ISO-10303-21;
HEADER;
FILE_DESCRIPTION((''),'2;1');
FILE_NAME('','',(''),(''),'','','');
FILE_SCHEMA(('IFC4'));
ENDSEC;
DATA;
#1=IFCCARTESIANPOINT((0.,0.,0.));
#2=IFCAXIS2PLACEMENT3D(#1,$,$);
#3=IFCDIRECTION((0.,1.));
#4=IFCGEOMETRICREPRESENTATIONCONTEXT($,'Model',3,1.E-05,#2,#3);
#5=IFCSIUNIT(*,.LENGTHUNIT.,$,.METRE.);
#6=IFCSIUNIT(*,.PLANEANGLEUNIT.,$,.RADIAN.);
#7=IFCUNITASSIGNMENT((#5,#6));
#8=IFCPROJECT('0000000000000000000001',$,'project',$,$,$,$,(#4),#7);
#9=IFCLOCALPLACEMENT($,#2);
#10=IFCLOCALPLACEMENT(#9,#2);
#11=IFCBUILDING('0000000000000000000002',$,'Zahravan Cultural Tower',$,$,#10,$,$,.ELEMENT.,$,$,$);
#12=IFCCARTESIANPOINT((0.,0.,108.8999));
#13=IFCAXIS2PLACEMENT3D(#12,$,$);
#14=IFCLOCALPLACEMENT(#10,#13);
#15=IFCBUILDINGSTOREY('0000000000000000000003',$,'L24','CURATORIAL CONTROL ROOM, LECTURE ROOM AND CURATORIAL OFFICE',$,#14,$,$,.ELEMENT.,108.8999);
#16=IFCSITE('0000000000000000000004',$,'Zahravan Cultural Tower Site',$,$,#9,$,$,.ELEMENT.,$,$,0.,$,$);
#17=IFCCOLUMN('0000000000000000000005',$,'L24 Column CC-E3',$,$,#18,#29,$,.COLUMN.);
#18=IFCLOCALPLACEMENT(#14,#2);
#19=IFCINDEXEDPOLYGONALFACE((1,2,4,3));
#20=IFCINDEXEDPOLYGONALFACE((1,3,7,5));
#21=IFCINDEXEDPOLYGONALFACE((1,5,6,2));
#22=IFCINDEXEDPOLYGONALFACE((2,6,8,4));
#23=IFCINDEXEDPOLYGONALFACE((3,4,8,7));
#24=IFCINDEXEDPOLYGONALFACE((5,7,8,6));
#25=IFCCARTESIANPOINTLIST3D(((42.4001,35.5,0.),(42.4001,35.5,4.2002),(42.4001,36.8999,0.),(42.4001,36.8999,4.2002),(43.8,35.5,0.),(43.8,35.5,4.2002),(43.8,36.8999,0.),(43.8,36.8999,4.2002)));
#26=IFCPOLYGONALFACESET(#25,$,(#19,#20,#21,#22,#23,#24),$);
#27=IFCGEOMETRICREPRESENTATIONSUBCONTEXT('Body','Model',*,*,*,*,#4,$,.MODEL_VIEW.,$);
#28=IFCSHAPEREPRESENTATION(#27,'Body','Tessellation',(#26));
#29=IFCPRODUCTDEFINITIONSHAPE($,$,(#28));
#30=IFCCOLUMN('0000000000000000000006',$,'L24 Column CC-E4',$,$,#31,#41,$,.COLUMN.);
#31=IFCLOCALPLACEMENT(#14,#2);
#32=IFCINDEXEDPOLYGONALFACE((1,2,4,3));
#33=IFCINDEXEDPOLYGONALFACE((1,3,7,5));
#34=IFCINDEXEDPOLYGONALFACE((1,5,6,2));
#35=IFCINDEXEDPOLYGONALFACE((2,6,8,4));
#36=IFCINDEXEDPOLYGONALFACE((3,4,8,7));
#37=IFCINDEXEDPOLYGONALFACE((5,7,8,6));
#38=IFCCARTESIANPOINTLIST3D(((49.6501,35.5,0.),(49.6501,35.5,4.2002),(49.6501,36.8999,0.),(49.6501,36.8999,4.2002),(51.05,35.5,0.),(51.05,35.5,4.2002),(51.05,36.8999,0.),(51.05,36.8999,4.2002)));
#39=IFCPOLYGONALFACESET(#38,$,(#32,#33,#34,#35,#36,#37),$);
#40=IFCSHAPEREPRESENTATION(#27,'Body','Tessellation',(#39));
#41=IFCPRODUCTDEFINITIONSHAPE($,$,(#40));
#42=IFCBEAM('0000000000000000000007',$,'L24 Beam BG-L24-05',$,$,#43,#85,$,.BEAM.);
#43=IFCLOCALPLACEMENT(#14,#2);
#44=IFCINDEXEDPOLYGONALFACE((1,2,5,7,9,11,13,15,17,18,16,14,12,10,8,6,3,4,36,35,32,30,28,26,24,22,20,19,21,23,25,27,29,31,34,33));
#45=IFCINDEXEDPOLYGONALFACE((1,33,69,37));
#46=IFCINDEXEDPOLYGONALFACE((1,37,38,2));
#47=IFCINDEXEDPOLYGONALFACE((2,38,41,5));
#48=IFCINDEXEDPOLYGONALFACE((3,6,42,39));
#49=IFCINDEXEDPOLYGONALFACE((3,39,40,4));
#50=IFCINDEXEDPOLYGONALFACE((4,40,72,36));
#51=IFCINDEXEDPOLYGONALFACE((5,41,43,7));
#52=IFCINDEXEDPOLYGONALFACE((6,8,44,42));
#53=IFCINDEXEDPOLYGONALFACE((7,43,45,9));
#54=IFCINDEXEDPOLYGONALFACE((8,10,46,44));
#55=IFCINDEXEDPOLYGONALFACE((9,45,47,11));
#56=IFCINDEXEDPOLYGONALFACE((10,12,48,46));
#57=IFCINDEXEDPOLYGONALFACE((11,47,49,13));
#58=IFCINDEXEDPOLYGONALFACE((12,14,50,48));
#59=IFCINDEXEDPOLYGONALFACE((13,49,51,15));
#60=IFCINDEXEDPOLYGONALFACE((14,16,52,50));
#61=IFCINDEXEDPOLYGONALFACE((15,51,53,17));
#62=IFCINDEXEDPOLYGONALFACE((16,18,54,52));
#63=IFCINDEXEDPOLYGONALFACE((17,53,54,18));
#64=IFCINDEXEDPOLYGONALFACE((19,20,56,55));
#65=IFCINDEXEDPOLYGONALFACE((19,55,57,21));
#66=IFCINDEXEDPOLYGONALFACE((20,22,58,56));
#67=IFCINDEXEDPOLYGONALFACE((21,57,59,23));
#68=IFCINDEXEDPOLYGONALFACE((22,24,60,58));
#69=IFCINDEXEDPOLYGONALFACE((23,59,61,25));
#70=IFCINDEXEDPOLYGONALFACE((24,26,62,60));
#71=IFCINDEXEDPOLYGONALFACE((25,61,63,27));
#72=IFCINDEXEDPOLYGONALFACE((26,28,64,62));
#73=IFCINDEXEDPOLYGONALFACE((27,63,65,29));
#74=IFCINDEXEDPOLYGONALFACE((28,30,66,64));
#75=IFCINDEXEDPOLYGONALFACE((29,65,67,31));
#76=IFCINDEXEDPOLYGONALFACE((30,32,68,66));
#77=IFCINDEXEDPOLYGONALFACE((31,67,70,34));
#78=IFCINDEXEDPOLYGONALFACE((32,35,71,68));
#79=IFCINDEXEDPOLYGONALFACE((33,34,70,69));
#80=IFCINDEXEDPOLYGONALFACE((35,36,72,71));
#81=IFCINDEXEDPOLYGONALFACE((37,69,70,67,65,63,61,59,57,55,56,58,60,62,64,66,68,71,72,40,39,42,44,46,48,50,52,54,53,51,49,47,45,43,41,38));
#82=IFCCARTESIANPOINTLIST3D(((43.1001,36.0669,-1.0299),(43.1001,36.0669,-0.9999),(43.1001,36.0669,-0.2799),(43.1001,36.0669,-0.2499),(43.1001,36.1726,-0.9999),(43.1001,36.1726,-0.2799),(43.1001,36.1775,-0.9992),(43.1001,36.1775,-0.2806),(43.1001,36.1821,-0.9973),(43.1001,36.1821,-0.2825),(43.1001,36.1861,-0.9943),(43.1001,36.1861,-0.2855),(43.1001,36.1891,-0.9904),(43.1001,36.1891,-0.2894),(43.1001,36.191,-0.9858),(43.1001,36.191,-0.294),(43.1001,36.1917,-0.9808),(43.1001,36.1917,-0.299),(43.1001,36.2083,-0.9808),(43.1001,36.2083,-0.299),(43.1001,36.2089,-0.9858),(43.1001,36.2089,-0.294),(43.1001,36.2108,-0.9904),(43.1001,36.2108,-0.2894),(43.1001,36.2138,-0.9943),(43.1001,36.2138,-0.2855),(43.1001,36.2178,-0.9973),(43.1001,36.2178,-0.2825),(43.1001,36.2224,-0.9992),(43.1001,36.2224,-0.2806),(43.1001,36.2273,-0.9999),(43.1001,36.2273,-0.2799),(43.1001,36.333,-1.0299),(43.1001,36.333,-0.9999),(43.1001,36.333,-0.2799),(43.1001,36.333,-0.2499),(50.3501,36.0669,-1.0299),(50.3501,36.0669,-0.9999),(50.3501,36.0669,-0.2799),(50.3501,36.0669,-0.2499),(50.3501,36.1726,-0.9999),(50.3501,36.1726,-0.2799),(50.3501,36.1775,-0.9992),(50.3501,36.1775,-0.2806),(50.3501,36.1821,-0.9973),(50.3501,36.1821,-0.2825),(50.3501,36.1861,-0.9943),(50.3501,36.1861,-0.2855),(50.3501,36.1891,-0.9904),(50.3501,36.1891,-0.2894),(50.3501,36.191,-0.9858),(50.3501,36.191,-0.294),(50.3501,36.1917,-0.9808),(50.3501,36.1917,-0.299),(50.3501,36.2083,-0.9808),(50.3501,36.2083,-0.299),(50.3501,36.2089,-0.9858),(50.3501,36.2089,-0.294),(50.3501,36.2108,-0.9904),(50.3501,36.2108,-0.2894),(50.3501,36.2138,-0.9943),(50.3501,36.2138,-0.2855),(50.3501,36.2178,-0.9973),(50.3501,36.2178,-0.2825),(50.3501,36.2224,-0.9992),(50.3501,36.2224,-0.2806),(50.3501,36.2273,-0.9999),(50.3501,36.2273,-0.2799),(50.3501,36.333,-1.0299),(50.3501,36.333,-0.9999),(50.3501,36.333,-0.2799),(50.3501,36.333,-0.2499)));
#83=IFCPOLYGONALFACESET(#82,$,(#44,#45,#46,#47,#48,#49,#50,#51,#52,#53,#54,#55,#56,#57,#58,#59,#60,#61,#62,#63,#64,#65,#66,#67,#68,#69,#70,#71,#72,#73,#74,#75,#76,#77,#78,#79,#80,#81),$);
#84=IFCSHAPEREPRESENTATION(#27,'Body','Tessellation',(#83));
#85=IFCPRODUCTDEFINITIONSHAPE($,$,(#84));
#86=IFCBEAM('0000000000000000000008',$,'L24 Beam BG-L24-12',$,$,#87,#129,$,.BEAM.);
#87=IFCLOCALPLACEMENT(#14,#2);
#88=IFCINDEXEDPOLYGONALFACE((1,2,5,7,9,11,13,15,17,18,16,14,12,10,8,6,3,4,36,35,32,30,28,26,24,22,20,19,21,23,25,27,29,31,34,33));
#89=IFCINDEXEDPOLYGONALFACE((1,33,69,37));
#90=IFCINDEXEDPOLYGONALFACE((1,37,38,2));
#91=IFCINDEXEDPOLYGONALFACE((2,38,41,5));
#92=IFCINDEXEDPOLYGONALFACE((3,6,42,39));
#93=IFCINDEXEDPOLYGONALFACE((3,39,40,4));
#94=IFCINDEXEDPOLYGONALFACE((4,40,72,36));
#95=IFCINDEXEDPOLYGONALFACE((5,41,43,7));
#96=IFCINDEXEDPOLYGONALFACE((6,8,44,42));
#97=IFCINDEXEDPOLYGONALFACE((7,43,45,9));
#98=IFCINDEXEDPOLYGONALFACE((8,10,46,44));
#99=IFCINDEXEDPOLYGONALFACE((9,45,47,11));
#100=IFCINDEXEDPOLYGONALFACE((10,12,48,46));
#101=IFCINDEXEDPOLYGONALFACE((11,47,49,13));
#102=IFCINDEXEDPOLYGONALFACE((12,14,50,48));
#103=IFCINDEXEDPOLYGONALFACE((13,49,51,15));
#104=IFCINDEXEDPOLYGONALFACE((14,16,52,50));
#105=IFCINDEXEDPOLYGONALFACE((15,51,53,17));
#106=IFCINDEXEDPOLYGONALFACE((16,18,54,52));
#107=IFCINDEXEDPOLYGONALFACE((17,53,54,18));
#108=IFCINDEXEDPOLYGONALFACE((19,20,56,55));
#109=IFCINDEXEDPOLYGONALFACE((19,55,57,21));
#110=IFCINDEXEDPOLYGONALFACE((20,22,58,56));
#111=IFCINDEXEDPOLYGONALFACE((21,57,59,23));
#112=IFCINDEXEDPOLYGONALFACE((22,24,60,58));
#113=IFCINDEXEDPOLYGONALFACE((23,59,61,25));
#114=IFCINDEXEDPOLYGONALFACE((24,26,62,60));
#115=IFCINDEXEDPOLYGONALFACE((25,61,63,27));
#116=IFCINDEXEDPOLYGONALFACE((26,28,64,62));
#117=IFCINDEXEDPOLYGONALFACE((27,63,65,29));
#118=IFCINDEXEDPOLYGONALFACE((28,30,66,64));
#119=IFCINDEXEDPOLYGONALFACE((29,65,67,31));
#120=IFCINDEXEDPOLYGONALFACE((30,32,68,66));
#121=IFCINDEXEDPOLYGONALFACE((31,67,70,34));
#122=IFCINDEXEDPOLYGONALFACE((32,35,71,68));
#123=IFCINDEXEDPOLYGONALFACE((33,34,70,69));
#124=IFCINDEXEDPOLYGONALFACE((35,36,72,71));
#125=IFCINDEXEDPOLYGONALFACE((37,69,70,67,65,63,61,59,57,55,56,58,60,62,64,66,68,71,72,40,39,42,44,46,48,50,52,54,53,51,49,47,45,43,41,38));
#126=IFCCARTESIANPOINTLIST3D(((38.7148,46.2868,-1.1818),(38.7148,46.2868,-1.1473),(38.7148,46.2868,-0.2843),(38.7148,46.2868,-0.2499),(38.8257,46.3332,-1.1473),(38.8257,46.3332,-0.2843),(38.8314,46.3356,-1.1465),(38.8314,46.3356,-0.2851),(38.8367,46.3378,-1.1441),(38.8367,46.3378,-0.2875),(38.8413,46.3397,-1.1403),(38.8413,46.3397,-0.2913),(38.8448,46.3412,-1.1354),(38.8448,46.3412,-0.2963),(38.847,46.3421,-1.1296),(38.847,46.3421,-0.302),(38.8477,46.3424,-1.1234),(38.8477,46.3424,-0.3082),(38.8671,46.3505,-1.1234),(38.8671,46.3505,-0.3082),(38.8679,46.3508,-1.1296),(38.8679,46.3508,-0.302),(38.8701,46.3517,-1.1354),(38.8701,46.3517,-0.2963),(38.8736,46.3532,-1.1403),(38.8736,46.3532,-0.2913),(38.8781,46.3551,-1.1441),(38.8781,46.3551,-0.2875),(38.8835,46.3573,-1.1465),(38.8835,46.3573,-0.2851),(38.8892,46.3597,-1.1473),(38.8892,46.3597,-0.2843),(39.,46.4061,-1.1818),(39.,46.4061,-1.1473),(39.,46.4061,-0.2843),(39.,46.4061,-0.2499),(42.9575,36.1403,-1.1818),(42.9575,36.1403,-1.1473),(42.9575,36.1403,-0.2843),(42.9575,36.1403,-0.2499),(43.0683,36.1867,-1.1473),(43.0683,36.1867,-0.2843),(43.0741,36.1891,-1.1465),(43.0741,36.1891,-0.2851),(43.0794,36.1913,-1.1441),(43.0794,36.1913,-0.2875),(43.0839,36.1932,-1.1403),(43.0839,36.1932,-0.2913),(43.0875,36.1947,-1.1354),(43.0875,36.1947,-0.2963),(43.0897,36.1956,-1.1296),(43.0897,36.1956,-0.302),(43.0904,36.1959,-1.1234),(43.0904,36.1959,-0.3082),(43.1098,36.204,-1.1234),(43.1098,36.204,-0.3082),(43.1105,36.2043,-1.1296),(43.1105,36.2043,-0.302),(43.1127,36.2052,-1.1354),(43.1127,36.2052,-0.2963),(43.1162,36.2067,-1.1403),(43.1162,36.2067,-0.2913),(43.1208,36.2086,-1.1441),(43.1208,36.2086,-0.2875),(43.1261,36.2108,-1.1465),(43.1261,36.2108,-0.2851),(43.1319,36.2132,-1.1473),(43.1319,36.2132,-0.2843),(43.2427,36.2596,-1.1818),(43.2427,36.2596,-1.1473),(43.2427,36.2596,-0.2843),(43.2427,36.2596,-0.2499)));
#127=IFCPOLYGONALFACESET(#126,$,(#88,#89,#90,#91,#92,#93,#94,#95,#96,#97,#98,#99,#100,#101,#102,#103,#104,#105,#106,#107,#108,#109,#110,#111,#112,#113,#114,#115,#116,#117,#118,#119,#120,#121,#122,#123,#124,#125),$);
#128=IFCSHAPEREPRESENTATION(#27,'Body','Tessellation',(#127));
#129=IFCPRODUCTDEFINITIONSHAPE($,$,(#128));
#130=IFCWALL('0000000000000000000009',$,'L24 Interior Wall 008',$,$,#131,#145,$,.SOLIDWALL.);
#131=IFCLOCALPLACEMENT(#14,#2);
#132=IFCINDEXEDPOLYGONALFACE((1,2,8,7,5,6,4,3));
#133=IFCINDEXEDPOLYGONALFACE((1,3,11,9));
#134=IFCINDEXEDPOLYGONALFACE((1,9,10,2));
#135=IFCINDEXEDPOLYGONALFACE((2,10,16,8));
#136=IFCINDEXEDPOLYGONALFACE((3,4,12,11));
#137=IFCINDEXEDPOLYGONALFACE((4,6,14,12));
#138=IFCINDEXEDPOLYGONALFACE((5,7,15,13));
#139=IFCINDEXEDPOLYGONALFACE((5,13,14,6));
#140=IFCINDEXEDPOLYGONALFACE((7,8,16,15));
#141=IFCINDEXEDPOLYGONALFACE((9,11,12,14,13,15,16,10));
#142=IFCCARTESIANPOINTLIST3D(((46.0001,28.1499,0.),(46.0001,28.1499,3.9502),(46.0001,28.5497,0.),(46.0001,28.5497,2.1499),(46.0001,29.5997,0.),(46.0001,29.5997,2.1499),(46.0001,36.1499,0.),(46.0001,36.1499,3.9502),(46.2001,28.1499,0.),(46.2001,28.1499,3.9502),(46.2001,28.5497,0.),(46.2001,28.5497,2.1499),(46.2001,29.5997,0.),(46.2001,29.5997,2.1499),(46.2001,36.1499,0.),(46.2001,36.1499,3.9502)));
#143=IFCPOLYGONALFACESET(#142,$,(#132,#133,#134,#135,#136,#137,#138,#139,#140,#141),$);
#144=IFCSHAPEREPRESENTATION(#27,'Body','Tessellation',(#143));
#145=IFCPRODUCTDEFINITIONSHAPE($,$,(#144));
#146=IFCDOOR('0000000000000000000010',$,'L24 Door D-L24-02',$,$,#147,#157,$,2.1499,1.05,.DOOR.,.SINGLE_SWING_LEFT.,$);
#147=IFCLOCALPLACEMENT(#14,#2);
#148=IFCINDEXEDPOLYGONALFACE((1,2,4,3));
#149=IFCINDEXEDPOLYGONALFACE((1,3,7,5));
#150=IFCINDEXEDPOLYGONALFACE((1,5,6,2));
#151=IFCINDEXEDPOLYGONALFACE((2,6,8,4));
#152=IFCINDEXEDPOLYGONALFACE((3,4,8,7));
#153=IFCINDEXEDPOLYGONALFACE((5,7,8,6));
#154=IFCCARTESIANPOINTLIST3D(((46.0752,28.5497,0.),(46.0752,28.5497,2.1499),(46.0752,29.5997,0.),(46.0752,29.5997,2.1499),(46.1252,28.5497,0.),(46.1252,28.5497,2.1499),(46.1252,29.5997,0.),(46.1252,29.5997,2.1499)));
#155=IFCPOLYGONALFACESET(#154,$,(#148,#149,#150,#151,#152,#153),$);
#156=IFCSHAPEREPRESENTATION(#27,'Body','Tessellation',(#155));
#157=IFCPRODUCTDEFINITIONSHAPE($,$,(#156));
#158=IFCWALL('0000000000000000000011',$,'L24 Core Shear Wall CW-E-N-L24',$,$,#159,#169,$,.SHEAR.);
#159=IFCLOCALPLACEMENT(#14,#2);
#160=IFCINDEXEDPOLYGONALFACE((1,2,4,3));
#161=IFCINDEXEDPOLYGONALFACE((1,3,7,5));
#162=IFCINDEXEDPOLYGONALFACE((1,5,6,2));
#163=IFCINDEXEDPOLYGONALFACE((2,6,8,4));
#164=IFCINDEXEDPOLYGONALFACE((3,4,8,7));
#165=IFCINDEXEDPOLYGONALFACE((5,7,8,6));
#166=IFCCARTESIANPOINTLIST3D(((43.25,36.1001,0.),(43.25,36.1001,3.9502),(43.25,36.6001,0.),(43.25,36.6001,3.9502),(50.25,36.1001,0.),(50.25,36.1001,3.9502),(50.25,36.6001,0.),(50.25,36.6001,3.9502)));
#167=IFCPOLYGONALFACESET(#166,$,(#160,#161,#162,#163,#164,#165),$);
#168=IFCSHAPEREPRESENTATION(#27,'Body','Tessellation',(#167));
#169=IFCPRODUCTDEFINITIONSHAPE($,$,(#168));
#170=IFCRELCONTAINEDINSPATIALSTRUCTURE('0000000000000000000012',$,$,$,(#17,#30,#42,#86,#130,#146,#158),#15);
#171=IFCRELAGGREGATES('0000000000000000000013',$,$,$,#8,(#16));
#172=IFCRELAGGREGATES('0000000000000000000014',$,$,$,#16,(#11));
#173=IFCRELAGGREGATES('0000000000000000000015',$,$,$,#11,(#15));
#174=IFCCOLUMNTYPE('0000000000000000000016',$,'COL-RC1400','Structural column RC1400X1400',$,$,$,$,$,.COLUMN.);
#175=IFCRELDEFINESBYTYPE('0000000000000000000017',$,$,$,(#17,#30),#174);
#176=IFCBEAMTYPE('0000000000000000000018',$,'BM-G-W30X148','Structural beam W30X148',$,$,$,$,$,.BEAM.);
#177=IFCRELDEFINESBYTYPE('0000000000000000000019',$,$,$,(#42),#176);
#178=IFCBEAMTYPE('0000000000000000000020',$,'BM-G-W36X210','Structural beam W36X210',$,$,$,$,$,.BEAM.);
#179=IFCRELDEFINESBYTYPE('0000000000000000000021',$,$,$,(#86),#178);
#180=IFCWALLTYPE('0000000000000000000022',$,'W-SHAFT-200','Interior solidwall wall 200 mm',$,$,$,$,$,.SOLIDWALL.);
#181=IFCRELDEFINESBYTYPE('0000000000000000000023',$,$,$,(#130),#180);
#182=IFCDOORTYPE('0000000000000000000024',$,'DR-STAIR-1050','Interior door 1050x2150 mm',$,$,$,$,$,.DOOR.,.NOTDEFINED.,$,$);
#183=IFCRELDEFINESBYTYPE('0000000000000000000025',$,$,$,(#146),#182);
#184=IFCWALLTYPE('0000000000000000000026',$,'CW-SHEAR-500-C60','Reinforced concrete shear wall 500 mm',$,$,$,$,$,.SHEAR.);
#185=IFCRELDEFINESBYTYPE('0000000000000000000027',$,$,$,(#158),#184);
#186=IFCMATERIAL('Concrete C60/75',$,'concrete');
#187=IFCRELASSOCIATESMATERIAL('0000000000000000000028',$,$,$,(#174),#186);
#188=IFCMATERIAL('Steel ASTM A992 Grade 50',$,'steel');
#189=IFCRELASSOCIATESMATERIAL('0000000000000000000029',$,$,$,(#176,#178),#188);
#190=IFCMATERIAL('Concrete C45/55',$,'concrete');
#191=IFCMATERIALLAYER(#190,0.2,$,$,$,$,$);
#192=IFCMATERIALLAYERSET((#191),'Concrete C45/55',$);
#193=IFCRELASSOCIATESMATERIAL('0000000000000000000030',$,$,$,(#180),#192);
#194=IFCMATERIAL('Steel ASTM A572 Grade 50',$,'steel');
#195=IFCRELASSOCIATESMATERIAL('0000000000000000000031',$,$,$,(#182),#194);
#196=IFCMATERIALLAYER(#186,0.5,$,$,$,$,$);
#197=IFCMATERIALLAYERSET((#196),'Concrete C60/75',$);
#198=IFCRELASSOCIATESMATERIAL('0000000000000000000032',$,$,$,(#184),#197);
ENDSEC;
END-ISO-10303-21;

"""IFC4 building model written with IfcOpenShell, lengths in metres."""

from ifc_helpers import new_model, si_unit, direction, frame, frame_2d, origin, origin_2d, place, context, subcontext, project, spatial, rectangle, i_section, extrude, source, transform, mapped, material, layer, layer_set, material_profile, profile_set, type_object, element, fill, save


model = new_model("IFC4")

# Units and contexts
model_context = context("Model", 3, precision=1e-05, world=origin(), true_north=direction((0.0, 1.0)))
body_context = subcontext(model_context, "Body", "Model", "MODEL_VIEW")
ifc_project = project(units=[si_unit("LENGTHUNIT", "METRE"), si_unit("PLANEANGLEUNIT", "RADIAN")], contexts=[model_context])

# Site, building, storey
site_placement = place(None, origin())
site = spatial("IfcSite", under=ifc_project, at=site_placement, Name="Zahravan Cultural Tower Site", CompositionType="ELEMENT", RefElevation=0.0)
building_placement = place(site_placement, origin())
building = spatial("IfcBuilding", under=site, at=building_placement, Name="Zahravan Cultural Tower", CompositionType="ELEMENT")
storey_placement = place(building_placement, frame((0.0, 0.0, 108.8999)))
storey = spatial("IfcBuildingStorey", under=building, at=storey_placement, Name="L24", Description="CURATORIAL CONTROL ROOM, LECTURE ROOM AND CURATORIAL OFFICE", CompositionType="ELEMENT", Elevation=108.8999)

# Columns
ifc_material_1 = material(Name="Concrete C60/75", Category="concrete")
ifc_material_profile_1 = material_profile(ifc_material_1, rectangle(XDim=1.3999, YDim=1.3999, at=origin_2d()), Name="RC1400X1400")
ifc_profile_set_1 = profile_set([ifc_material_profile_1], Name="Concrete C60/75")
column_type = type_object("IfcColumnType", Name="COL-RC1400", Description="Structural column RC1400X1400", PredefinedType="COLUMN", material=ifc_profile_set_1)
shared_shape_1 = source(origin(), body_context, "Body", "SweptSolid", [
    extrude(rectangle(XDim=1.3999, YDim=1.3999, at=origin_2d()), origin(), (0.0, 0.0, 1.0), 4.2002),
])
for number, where, z_axis, x_axis, name in (
    (1, (43.1001, 36.2, 0.0), (0.0, 0.0, 1.0), (1.0, 0.0, 0.0), "L24 Column CC-E3"),
    (2, (50.3501, 36.2, 0.0), (0.0, 0.0, 1.0), (1.0, 0.0, 0.0), "L24 Column CC-E4"),
):
    element("IfcColumn", number, at=place(storey_placement, frame(where, z_axis=z_axis, x_axis=x_axis)), inside=storey, type_object=column_type, Name=name, PredefinedType="COLUMN", context=body_context, shape_type="MappedRepresentation", body=[
        mapped(shared_shape_1, transform((0.0, 0.0, 0.0), x_axis=(1.0, 0.0, 0.0), y_axis=(0.0, 1.0, 0.0), z_axis=(0.0, 0.0, 1.0), scale=1.0)),
    ])

# Beams
ifc_material_2 = material(Name="Steel ASTM A992 Grade 50", Category="steel")
ifc_material_profile_2 = material_profile(ifc_material_2, i_section(OverallWidth=0.2661, OverallDepth=0.78, WebThickness=0.0166, FlangeThickness=0.03, FilletRadius=0.019, at=origin_2d()), Name="W30X148")
ifc_profile_set_2 = profile_set([ifc_material_profile_2], Name="Steel ASTM A992 Grade 50")
beam_type_1 = type_object("IfcBeamType", Name="BM-G-W30X148", Description="Structural beam W30X148", PredefinedType="BEAM", material=ifc_profile_set_2)
shared_shape_2 = source(origin(), body_context, "Body", "SweptSolid", [
    extrude(i_section(OverallWidth=0.2661, OverallDepth=0.78, WebThickness=0.0166, FlangeThickness=0.03, FilletRadius=0.019, at=origin_2d()), origin(), (0.0, 0.0, 1.0), 7.25),
])
beam_1_placement = place(storey_placement, frame((43.1001, 36.2, -0.6399), z_axis=(1.0, 0.0, 0.0), x_axis=(0.0, 1.0, 0.0)))
element("IfcBeam", 3, at=beam_1_placement, inside=storey, type_object=beam_type_1, Name="L24 Beam BG-L24-05", PredefinedType="BEAM", context=body_context, shape_type="MappedRepresentation", body=[
    mapped(shared_shape_2, transform((0.0, 0.0, 0.0), x_axis=(1.0, 0.0, 0.0), y_axis=(0.0, 1.0, 0.0), z_axis=(0.0, 0.0, 1.0), scale=1.0)),
])
ifc_material_profile_3 = material_profile(ifc_material_2, i_section(OverallWidth=0.3091, OverallDepth=0.9319, WebThickness=0.021, FlangeThickness=0.0344, FilletRadius=0.0239, at=origin_2d()), Name="W36X210")
ifc_profile_set_3 = profile_set([ifc_material_profile_3], Name="Steel ASTM A992 Grade 50")
beam_type_2 = type_object("IfcBeamType", Name="BM-G-W36X210", Description="Structural beam W36X210", PredefinedType="BEAM", material=ifc_profile_set_3)
shared_shape_3 = source(origin(), body_context, "Body", "SweptSolid", [
    extrude(i_section(OverallWidth=0.3091, OverallDepth=0.9319, WebThickness=0.021, FlangeThickness=0.0344, FilletRadius=0.0239, at=origin_2d()), origin(), (0.0, 0.0, 1.0), 10.9978),
])
beam_2_placement = place(storey_placement, frame((43.1001, 36.2, -0.7158), z_axis=(-0.385775, 0.922593, 0.0), x_axis=(-0.922593, -0.385775, 0.0)))
element("IfcBeam", 4, at=beam_2_placement, inside=storey, type_object=beam_type_2, Name="L24 Beam BG-L24-12", PredefinedType="BEAM", context=body_context, shape_type="MappedRepresentation", body=[
    mapped(shared_shape_3, transform((0.0, 0.0, 0.0), x_axis=(1.0, 0.0, 0.0), y_axis=(0.0, 1.0, 0.0), z_axis=(0.0, 0.0, 1.0), scale=1.0)),
])

# Wall, opening, door
ifc_material_3 = material(Name="Concrete C45/55", Category="concrete")
ifc_layer_1 = layer(ifc_material_3, 0.2)
ifc_layer_set_1 = layer_set([ifc_layer_1], Name="Concrete C45/55")
wall_type_1 = type_object("IfcWallType", Name="W-SHAFT-200", Description="Interior solidwall wall 200 mm", PredefinedType="SOLIDWALL", material=ifc_layer_set_1)
wall_1_placement = place(storey_placement, frame((46.1001, 28.1499, 0.0), z_axis=(0.0, 0.0, 1.0), x_axis=(0.0, 1.0, 0.0)))
wall_1 = element("IfcWall", 5, at=wall_1_placement, inside=storey, type_object=wall_type_1, Name="L24 Interior Wall 008", PredefinedType="SOLIDWALL", context=body_context, shape_type="SweptSolid", body=[
    extrude(rectangle(XDim=8.0, YDim=0.2, at=frame_2d((4.0, 0.0))), origin(), (0.0, 0.0, 1.0), 3.9502),
])
opening_1_placement = place(wall_1_placement, frame((0.3999, 0.0, 0.0)))
opening_1 = element("IfcOpeningElement", 6, at=opening_1_placement, cuts=wall_1, PredefinedType="OPENING", context=body_context, shape_type="SweptSolid", body=[
    extrude(rectangle(XDim=1.05, YDim=2.1499, at=frame_2d((0.5249, 1.075))), frame((0.0, 0.1099, 0.0), z_axis=(0.0, -1.0, 0.0), x_axis=(1.0, 0.0, 0.0)), (0.0, 0.0, 1.0), 0.22),
])
ifc_material_4 = material(Name="Steel ASTM A572 Grade 50", Category="steel")
door_type_1 = type_object("IfcDoorType", Name="DR-STAIR-1050", Description="Interior door 1050x2150 mm", OperationType="NOTDEFINED", PredefinedType="DOOR", material=ifc_material_4)
shared_shape_4 = source(origin(), body_context, "Body", "SweptSolid", [
    extrude(rectangle(XDim=1.05, YDim=2.1499, at=frame_2d((0.5249, 1.075))), frame((0.0, 0.0249, 0.0), z_axis=(0.0, -1.0, 0.0), x_axis=(1.0, 0.0, 0.0)), (0.0, 0.0, 1.0), 0.05),
])
door_1_placement = place(opening_1_placement, origin())
door_1 = element("IfcDoor", 7, at=door_1_placement, inside=storey, type_object=door_type_1, Name="L24 Door D-L24-02", OperationType="SINGLE_SWING_LEFT", OverallHeight=2.1499, OverallWidth=1.05, PredefinedType="DOOR", context=body_context, shape_type="MappedRepresentation", body=[
    mapped(shared_shape_4, transform((0.0, 0.0, 0.0), x_axis=(1.0, 0.0, 0.0), y_axis=(0.0, 1.0, 0.0), z_axis=(0.0, 0.0, 1.0), scale=1.0)),
])
fill(opening_1, door_1)

# Wall
ifc_layer_2 = layer(ifc_material_1, 0.5)
ifc_layer_set_2 = layer_set([ifc_layer_2], Name="Concrete C60/75")
wall_type_2 = type_object("IfcWallType", Name="CW-SHEAR-500-C60", Description="Reinforced concrete shear wall 500 mm", PredefinedType="SHEAR", material=ifc_layer_set_2)
shared_shape_5 = source(origin(), body_context, "Body", "SweptSolid", [
    extrude(rectangle(XDim=7.0, YDim=0.5, at=frame_2d((3.5, 0.0))), origin(), (0.0, 0.0, 1.0), 3.9502),
])
wall_2_placement = place(storey_placement, frame((43.25, 36.3501, 0.0), z_axis=(0.0, 0.0, 1.0), x_axis=(1.0, 0.0, 0.0)))
element("IfcWall", 8, at=wall_2_placement, inside=storey, type_object=wall_type_2, Name="L24 Core Shear Wall CW-E-N-L24", PredefinedType="SHEAR", context=body_context, shape_type="MappedRepresentation", body=[
    mapped(shared_shape_5, transform((0.0, 0.0, 0.0), x_axis=(1.0, 0.0, 0.0), y_axis=(0.0, 1.0, 0.0), z_axis=(0.0, 0.0, 1.0), scale=1.0)),
])

save(model, "model.ifc")
